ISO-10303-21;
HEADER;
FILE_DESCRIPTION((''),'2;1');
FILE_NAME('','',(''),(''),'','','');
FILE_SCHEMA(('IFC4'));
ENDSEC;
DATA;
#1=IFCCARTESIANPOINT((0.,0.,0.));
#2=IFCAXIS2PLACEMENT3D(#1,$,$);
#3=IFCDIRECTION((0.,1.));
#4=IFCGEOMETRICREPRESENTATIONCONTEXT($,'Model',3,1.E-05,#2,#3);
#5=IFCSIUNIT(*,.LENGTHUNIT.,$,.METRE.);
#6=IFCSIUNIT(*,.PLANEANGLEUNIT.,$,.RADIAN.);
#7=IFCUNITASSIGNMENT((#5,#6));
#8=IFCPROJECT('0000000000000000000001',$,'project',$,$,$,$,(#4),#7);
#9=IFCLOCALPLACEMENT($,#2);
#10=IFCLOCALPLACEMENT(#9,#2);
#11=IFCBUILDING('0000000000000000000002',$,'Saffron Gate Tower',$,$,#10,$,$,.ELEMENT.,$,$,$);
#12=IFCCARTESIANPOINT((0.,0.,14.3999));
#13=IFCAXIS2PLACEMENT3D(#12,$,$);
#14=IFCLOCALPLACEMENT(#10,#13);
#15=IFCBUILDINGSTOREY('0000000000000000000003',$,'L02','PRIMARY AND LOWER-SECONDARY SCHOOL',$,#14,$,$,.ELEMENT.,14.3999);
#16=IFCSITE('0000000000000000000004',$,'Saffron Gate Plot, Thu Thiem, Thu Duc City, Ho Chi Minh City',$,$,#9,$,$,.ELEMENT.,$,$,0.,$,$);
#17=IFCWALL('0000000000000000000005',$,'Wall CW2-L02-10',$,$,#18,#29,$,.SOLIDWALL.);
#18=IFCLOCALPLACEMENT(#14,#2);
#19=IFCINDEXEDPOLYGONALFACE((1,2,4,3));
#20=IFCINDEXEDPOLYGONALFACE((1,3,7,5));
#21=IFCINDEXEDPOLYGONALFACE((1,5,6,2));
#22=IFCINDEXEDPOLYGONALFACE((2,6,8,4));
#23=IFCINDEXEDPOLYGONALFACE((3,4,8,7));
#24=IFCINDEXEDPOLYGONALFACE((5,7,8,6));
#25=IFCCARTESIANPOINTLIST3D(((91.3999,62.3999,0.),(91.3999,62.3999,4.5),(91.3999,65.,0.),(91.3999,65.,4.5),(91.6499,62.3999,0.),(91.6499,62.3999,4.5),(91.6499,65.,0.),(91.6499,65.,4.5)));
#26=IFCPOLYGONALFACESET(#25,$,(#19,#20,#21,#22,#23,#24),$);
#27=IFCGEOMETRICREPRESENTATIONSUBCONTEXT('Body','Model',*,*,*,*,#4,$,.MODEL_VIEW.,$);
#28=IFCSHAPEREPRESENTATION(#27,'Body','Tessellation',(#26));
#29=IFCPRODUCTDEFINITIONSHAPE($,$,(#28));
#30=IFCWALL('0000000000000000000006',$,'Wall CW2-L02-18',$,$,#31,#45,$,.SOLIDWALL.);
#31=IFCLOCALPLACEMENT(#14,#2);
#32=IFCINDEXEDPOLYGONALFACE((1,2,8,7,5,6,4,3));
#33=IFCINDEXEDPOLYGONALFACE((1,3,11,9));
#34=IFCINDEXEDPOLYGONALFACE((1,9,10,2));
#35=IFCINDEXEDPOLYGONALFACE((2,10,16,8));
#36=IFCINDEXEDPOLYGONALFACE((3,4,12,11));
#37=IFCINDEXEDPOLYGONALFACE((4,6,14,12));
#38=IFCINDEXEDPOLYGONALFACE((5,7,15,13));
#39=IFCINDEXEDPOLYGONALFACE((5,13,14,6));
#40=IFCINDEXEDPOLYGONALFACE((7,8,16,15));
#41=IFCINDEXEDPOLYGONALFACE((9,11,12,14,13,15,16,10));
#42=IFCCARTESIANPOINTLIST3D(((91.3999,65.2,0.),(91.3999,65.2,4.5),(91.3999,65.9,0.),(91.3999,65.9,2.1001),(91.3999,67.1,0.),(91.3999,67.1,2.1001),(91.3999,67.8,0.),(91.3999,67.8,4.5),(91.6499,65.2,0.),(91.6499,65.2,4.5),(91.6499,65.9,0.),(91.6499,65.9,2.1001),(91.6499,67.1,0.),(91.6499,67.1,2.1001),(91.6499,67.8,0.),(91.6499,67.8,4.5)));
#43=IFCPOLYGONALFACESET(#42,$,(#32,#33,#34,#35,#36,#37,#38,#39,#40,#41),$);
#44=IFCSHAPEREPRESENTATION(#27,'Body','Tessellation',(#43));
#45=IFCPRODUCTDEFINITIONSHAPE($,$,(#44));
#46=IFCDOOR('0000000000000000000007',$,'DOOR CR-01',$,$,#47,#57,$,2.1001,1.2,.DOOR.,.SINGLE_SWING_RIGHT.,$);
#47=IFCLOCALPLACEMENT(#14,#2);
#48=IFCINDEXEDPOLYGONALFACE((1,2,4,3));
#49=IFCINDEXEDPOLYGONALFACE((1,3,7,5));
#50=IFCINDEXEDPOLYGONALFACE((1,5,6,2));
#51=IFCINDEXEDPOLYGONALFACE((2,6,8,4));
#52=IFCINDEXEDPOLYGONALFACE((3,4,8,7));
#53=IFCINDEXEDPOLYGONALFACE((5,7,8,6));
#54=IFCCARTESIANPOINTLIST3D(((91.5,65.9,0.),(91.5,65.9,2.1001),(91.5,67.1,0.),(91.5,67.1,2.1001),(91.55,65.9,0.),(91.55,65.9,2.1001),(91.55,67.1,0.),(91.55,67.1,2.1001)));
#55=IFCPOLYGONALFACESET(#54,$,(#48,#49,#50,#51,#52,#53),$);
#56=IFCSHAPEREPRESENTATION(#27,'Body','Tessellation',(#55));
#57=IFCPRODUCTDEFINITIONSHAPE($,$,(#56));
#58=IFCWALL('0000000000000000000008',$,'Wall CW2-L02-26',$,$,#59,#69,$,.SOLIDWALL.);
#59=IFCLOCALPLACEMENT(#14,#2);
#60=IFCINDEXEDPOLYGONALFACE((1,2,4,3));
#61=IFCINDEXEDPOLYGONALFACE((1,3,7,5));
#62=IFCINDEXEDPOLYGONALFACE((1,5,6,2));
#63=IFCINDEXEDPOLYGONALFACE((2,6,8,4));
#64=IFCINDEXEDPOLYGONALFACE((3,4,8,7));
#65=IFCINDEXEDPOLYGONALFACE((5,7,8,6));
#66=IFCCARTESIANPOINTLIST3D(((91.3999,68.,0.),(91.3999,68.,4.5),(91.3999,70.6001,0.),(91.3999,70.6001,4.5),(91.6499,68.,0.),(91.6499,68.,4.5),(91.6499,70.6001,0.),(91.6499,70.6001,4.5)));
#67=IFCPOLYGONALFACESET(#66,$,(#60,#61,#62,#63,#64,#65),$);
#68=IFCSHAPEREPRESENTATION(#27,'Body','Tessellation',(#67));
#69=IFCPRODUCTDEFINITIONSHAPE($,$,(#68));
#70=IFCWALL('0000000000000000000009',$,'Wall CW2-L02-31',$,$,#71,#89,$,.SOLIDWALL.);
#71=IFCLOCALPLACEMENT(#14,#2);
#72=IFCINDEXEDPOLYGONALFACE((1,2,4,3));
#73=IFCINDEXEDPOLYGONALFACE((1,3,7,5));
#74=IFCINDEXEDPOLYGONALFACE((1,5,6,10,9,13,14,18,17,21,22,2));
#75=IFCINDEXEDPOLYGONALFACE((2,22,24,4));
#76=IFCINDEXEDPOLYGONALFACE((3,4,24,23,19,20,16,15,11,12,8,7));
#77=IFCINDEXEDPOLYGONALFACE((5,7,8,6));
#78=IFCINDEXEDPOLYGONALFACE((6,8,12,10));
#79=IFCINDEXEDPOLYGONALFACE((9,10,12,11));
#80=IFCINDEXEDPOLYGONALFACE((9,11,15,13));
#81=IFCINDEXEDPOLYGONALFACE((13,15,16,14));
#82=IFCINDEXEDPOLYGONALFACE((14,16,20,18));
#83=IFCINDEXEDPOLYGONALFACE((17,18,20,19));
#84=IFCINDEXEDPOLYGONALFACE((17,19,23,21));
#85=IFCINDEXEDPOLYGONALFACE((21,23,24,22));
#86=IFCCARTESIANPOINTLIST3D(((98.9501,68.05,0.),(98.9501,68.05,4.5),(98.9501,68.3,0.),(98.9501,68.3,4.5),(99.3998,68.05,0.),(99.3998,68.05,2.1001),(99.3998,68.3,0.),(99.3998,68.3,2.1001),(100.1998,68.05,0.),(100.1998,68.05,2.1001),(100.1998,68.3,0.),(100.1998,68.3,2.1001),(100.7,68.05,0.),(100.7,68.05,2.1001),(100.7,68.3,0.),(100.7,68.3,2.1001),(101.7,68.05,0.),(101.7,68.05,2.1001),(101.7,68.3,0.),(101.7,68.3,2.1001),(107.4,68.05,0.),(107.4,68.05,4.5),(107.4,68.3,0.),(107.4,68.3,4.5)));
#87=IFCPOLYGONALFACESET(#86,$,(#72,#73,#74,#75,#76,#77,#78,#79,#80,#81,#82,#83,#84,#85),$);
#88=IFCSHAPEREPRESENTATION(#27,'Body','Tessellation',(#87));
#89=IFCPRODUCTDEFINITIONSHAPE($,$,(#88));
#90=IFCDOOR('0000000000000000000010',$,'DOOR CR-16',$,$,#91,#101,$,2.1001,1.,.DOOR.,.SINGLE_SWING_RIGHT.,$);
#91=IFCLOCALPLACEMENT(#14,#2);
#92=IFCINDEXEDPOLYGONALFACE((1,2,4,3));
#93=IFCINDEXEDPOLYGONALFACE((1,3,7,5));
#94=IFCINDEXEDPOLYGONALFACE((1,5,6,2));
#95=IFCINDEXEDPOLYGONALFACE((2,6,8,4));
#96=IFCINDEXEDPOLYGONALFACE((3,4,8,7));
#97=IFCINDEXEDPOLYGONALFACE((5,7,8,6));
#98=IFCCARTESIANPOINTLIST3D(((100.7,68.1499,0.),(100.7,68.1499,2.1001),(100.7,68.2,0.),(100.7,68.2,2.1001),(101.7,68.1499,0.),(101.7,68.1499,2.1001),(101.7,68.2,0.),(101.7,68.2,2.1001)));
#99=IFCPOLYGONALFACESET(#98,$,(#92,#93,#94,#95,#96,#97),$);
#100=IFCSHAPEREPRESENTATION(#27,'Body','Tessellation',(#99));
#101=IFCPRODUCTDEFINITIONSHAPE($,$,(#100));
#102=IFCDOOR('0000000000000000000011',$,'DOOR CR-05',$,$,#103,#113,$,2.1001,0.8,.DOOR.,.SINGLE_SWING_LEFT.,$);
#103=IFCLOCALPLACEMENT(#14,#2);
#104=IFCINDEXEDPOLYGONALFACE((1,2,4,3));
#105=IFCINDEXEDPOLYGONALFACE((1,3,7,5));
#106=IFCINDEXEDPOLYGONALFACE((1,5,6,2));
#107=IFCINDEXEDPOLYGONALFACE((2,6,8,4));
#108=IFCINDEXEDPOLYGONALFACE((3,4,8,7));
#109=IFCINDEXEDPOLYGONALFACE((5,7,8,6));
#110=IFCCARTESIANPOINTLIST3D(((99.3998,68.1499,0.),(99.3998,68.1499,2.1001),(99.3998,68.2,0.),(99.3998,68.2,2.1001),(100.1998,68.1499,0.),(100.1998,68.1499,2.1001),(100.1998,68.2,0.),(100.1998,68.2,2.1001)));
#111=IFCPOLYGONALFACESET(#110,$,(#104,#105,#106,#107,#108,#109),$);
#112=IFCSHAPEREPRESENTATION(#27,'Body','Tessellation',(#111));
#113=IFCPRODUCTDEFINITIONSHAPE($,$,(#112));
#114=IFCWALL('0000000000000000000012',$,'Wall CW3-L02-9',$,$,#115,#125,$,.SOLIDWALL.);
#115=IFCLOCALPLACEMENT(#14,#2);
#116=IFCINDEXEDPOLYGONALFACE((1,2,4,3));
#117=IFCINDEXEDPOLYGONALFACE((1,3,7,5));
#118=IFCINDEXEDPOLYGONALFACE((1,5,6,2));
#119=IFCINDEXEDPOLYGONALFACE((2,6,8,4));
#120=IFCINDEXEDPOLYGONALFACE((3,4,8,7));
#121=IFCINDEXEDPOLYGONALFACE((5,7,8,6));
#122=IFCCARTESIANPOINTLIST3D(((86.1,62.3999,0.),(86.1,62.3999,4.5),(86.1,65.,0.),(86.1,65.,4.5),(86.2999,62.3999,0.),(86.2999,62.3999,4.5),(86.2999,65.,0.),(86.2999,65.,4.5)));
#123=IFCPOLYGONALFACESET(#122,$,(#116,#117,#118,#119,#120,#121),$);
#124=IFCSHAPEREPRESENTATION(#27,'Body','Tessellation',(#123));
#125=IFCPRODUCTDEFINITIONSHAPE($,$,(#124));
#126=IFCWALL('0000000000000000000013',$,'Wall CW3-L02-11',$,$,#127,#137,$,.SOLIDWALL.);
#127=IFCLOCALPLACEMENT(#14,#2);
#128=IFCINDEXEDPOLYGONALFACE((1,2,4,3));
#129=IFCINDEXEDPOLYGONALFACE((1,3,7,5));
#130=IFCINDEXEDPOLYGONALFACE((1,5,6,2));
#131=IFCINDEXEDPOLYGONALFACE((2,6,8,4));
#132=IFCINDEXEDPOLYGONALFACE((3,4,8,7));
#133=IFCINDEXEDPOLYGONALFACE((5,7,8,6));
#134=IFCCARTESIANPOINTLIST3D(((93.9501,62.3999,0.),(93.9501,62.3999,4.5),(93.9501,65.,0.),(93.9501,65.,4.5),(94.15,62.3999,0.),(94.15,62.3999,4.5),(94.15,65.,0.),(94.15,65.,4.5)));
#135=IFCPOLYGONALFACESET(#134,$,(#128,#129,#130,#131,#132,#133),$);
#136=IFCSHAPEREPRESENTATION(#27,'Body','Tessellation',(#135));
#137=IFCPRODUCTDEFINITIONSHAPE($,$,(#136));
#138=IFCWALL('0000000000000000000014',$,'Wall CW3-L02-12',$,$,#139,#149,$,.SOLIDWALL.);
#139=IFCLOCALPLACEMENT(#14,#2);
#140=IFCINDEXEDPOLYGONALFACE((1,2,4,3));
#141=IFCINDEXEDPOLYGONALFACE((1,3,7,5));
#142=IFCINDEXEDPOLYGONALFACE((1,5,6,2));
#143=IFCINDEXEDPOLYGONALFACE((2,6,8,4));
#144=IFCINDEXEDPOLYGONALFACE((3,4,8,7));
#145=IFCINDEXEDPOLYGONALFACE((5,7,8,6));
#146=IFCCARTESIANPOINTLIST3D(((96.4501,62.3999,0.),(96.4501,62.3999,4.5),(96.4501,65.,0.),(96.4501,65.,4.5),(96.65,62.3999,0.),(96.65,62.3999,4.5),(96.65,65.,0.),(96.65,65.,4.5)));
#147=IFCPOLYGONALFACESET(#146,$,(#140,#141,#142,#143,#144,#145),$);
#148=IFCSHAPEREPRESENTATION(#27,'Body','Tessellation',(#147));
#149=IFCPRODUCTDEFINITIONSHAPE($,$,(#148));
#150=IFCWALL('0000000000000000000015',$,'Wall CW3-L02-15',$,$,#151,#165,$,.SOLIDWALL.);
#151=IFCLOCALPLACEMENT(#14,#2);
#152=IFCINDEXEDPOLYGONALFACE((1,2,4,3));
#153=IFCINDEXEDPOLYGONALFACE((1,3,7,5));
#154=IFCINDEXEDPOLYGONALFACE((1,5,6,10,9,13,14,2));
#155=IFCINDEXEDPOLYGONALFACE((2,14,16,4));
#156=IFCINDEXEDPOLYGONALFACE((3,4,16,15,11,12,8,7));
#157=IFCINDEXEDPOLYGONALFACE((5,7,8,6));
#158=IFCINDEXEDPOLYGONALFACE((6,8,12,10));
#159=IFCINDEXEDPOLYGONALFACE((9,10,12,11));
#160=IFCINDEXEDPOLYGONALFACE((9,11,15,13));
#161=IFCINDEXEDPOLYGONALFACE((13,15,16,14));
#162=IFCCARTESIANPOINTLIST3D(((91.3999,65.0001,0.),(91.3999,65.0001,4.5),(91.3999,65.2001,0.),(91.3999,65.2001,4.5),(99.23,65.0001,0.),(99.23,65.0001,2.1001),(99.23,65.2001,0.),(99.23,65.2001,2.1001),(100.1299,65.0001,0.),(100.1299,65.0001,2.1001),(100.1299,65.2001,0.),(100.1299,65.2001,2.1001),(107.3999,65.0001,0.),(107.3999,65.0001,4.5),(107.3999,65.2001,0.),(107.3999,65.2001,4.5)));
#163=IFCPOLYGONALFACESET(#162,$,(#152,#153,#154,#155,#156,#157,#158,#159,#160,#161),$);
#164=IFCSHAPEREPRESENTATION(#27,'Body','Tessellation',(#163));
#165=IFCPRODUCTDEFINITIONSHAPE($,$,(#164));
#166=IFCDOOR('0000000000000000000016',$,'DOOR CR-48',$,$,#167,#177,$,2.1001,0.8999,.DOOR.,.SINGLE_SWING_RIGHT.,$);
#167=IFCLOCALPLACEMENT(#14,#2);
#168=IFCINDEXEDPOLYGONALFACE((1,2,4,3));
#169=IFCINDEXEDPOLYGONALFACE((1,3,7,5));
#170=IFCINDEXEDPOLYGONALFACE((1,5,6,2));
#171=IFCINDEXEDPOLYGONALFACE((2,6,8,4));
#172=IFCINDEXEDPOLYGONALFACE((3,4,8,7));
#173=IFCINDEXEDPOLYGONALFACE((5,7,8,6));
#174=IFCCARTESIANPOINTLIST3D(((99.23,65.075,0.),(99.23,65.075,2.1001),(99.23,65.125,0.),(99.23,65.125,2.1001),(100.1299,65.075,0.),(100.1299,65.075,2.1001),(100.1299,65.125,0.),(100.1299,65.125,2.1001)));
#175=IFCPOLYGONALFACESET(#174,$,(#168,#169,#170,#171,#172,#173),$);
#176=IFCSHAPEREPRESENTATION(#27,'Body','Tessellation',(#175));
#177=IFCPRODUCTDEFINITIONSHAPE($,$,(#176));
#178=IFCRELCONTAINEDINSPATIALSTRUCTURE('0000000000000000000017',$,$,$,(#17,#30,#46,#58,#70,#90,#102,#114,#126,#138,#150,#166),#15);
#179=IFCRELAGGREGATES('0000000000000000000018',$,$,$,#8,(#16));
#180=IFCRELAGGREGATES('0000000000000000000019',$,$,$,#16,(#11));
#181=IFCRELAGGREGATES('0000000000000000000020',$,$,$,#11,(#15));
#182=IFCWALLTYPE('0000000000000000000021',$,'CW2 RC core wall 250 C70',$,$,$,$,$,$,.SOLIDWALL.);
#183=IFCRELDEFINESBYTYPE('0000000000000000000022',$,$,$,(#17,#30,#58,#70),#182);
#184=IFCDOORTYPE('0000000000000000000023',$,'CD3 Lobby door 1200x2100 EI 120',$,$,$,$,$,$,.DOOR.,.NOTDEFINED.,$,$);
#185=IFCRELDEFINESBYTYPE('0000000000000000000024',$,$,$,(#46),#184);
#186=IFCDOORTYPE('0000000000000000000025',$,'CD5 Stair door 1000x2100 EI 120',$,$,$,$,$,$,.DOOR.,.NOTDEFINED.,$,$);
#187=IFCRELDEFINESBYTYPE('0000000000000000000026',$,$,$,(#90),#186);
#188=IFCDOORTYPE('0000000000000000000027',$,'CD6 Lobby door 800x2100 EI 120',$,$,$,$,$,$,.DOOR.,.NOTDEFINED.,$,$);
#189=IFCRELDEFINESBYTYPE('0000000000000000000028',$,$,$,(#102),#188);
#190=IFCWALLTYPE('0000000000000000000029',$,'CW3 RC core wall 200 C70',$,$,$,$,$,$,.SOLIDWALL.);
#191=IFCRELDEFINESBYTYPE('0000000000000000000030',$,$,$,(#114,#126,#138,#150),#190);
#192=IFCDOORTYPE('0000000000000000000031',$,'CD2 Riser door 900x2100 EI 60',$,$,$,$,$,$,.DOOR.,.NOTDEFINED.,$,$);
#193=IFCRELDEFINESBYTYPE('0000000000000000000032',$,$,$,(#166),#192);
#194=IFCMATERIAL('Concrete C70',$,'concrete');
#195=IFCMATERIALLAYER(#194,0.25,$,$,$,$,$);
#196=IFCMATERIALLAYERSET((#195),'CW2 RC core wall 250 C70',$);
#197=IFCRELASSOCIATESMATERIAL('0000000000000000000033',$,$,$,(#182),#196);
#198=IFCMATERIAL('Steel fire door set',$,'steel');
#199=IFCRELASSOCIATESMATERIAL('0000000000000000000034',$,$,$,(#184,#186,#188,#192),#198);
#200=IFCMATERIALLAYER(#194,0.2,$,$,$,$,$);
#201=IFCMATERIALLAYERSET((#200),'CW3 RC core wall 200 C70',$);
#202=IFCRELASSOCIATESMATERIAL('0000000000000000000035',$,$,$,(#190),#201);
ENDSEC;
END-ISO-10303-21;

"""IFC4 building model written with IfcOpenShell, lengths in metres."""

from ifc_helpers import new_model, si_unit, direction, frame, frame_2d, origin, place, context, subcontext, project, spatial, rectangle, extrude, material, layer, layer_set, type_object, element, fill, save


model = new_model("IFC4")

# Units and contexts
model_context = context("Model", 3, precision=1e-05, world=origin(), true_north=direction((0.0, 1.0)))
body_context = subcontext(model_context, "Body", "Model", "MODEL_VIEW")
ifc_project = project(units=[si_unit("LENGTHUNIT", "METRE"), si_unit("PLANEANGLEUNIT", "RADIAN")], contexts=[model_context])

# Site, building, storey
site_placement = place(None, origin())
site = spatial("IfcSite", under=ifc_project, at=site_placement, Name="Saffron Gate Plot, Thu Thiem, Thu Duc City, Ho Chi Minh City", CompositionType="ELEMENT", RefElevation=0.0)
building_placement = place(site_placement, origin())
building = spatial("IfcBuilding", under=site, at=building_placement, Name="Saffron Gate Tower", CompositionType="ELEMENT")
storey_placement = place(building_placement, frame((0.0, 0.0, 14.3999)))
storey = spatial("IfcBuildingStorey", under=building, at=storey_placement, Name="L02", Description="PRIMARY AND LOWER-SECONDARY SCHOOL", CompositionType="ELEMENT", Elevation=14.3999)

# Wall
ifc_material_1 = material(Name="Concrete C70", Category="concrete")
ifc_layer_1 = layer(ifc_material_1, 0.25)
ifc_layer_set_1 = layer_set([ifc_layer_1], Name="CW2 RC core wall 250 C70")
wall_type_1 = type_object("IfcWallType", Name="CW2 RC core wall 250 C70", PredefinedType="SOLIDWALL", material=ifc_layer_set_1)
wall_1_placement = place(storey_placement, frame((91.5249, 62.3999, 0.0), z_axis=(0.0, 0.0, 1.0), x_axis=(0.0, 1.0, 0.0)))
element("IfcWall", 1, at=wall_1_placement, inside=storey, type_object=wall_type_1, Name="Wall CW2-L02-10", PredefinedType="SOLIDWALL", context=body_context, shape_type="SweptSolid", body=[
    extrude(rectangle(XDim=2.6001, YDim=0.25, at=frame_2d((1.3, 0.0))), origin(), (0.0, 0.0, 1.0), 4.5),
])

# Wall, opening, door
wall_2_placement = place(storey_placement, frame((91.5249, 65.2, 0.0), z_axis=(0.0, 0.0, 1.0), x_axis=(0.0, 1.0, 0.0)))
wall_2 = element("IfcWall", 2, at=wall_2_placement, inside=storey, type_object=wall_type_1, Name="Wall CW2-L02-18", PredefinedType="SOLIDWALL", context=body_context, shape_type="SweptSolid", body=[
    extrude(rectangle(XDim=2.6001, YDim=0.25, at=frame_2d((1.3, 0.0))), origin(), (0.0, 0.0, 1.0), 4.5),
])
opening_1_placement = place(wall_2_placement, frame((0.7, 0.0, 0.0)))
opening_1 = element("IfcOpeningElement", 3, at=opening_1_placement, cuts=wall_2, PredefinedType="OPENING", context=body_context, shape_type="SweptSolid", body=[
    extrude(rectangle(XDim=1.2, YDim=2.1001, at=frame_2d((0.6001, 1.05))), frame((0.0, 0.135, 0.0), z_axis=(0.0, -1.0, 0.0), x_axis=(1.0, 0.0, 0.0)), (0.0, 0.0, 1.0), 0.27),
])
ifc_material_2 = material(Name="Steel fire door set", Category="steel")
door_type_1 = type_object("IfcDoorType", Name="CD3 Lobby door 1200x2100 EI 120", OperationType="NOTDEFINED", PredefinedType="DOOR", material=ifc_material_2)
door_1_placement = place(opening_1_placement, origin())
door_1 = element("IfcDoor", 4, at=door_1_placement, inside=storey, type_object=door_type_1, Name="DOOR CR-01", OperationType="SINGLE_SWING_RIGHT", OverallHeight=2.1001, OverallWidth=1.2, PredefinedType="DOOR", context=body_context, shape_type="SweptSolid", body=[
    extrude(rectangle(XDim=1.2, YDim=2.1001, at=frame_2d((0.6001, 1.05))), frame((0.0, 0.0249, 0.0), z_axis=(0.0, -1.0, 0.0), x_axis=(1.0, 0.0, 0.0)), (0.0, 0.0, 1.0), 0.05),
])
fill(opening_1, door_1)

# Wall
wall_3_placement = place(storey_placement, frame((91.5249, 68.0, 0.0), z_axis=(0.0, 0.0, 1.0), x_axis=(0.0, 1.0, 0.0)))
element("IfcWall", 5, at=wall_3_placement, inside=storey, type_object=wall_type_1, Name="Wall CW2-L02-26", PredefinedType="SOLIDWALL", context=body_context, shape_type="SweptSolid", body=[
    extrude(rectangle(XDim=2.6001, YDim=0.25, at=frame_2d((1.3, 0.0))), origin(), (0.0, 0.0, 1.0), 4.5),
])

# Wall, openings, doors
wall_4_placement = place(storey_placement, frame((98.95, 68.175, 0.0), z_axis=(0.0, 0.0, 1.0), x_axis=(1.0, 0.0, 0.0)))
wall_4 = element("IfcWall", 6, at=wall_4_placement, inside=storey, type_object=wall_type_1, Name="Wall CW2-L02-31", PredefinedType="SOLIDWALL", context=body_context, shape_type="SweptSolid", body=[
    extrude(rectangle(XDim=8.45, YDim=0.25, at=frame_2d((4.2251, 0.0))), origin(), (0.0, 0.0, 1.0), 4.5),
])
opening_2_placement = place(wall_4_placement, frame((0.45, 0.0, 0.0)))
opening_2 = element("IfcOpeningElement", 7, at=opening_2_placement, cuts=wall_4, PredefinedType="OPENING", context=body_context, shape_type="SweptSolid", body=[
    extrude(rectangle(XDim=0.8, YDim=2.1001, at=frame_2d((0.3999, 1.05))), frame((0.0, 0.135, 0.0), z_axis=(0.0, -1.0, 0.0), x_axis=(1.0, 0.0, 0.0)), (0.0, 0.0, 1.0), 0.27),
])
opening_3_placement = place(wall_4_placement, frame((1.75, 0.0, 0.0)))
opening_3 = element("IfcOpeningElement", 8, at=opening_3_placement, cuts=wall_4, PredefinedType="OPENING", context=body_context, shape_type="SweptSolid", body=[
    extrude(rectangle(XDim=1.0, YDim=2.1001, at=frame_2d((0.5, 1.05))), frame((0.0, 0.135, 0.0), z_axis=(0.0, -1.0, 0.0), x_axis=(1.0, 0.0, 0.0)), (0.0, 0.0, 1.0), 0.27),
])
door_type_2 = type_object("IfcDoorType", Name="CD5 Stair door 1000x2100 EI 120", OperationType="NOTDEFINED", PredefinedType="DOOR", material=ifc_material_2)
door_2_placement = place(opening_3_placement, origin())
door_2 = element("IfcDoor", 9, at=door_2_placement, inside=storey, type_object=door_type_2, Name="DOOR CR-16", OperationType="SINGLE_SWING_RIGHT", OverallHeight=2.1001, OverallWidth=1.0, PredefinedType="DOOR", context=body_context, shape_type="SweptSolid", body=[
    extrude(rectangle(XDim=1.0, YDim=2.1001, at=frame_2d((0.5, 1.05))), frame((0.0, 0.0249, 0.0), z_axis=(0.0, -1.0, 0.0), x_axis=(1.0, 0.0, 0.0)), (0.0, 0.0, 1.0), 0.05),
])
fill(opening_3, door_2)
door_type_3 = type_object("IfcDoorType", Name="CD6 Lobby door 800x2100 EI 120", OperationType="NOTDEFINED", PredefinedType="DOOR", material=ifc_material_2)
door_3_placement = place(opening_2_placement, origin())
door_3 = element("IfcDoor", 10, at=door_3_placement, inside=storey, type_object=door_type_3, Name="DOOR CR-05", OperationType="SINGLE_SWING_LEFT", OverallHeight=2.1001, OverallWidth=0.8, PredefinedType="DOOR", context=body_context, shape_type="SweptSolid", body=[
    extrude(rectangle(XDim=0.8, YDim=2.1001, at=frame_2d((0.3999, 1.05))), frame((0.0, 0.0249, 0.0), z_axis=(0.0, -1.0, 0.0), x_axis=(1.0, 0.0, 0.0)), (0.0, 0.0, 1.0), 0.05),
])
fill(opening_2, door_3)

# Walls
ifc_layer_2 = layer(ifc_material_1, 0.2)
ifc_layer_set_2 = layer_set([ifc_layer_2], Name="CW3 RC core wall 200 C70")
wall_type_2 = type_object("IfcWallType", Name="CW3 RC core wall 200 C70", PredefinedType="SOLIDWALL", material=ifc_layer_set_2)
for number, where, z_axis, x_axis, name in (
    (11, (86.2, 62.3999, 0.0), (0.0, 0.0, 1.0), (0.0, 1.0, 0.0), "Wall CW3-L02-9"),
    (12, (94.05, 62.3999, 0.0), (0.0, 0.0, 1.0), (0.0, 1.0, 0.0), "Wall CW3-L02-11"),
    (13, (96.55, 62.3999, 0.0), (0.0, 0.0, 1.0), (0.0, 1.0, 0.0), "Wall CW3-L02-12"),
):
    element("IfcWall", number, at=place(storey_placement, frame(where, z_axis=z_axis, x_axis=x_axis)), inside=storey, type_object=wall_type_2, Name=name, PredefinedType="SOLIDWALL", context=body_context, shape_type="SweptSolid", body=[
        extrude(rectangle(XDim=2.6001, YDim=0.2, at=frame_2d((1.3, 0.0))), origin(), (0.0, 0.0, 1.0), 4.5),
    ])

# Wall, opening, door
wall_5_placement = place(storey_placement, frame((91.3999, 65.1001, 0.0), z_axis=(0.0, 0.0, 1.0), x_axis=(1.0, 0.0, 0.0)))
wall_5 = element("IfcWall", 14, at=wall_5_placement, inside=storey, type_object=wall_type_2, Name="Wall CW3-L02-15", PredefinedType="SOLIDWALL", context=body_context, shape_type="SweptSolid", body=[
    extrude(rectangle(XDim=16.0, YDim=0.2, at=frame_2d((8.0, 0.0))), origin(), (0.0, 0.0, 1.0), 4.5),
])
opening_4_placement = place(wall_5_placement, frame((7.8301, 0.0, 0.0)))
opening_4 = element("IfcOpeningElement", 15, at=opening_4_placement, cuts=wall_5, PredefinedType="OPENING", context=body_context, shape_type="SweptSolid", body=[
    extrude(rectangle(XDim=0.8999, YDim=2.1001, at=frame_2d((0.45, 1.05))), frame((0.0, 0.1099, 0.0), z_axis=(0.0, -1.0, 0.0), x_axis=(1.0, 0.0, 0.0)), (0.0, 0.0, 1.0), 0.22),
])
door_type_4 = type_object("IfcDoorType", Name="CD2 Riser door 900x2100 EI 60", OperationType="NOTDEFINED", PredefinedType="DOOR", material=ifc_material_2)
door_4_placement = place(opening_4_placement, origin())
door_4 = element("IfcDoor", 16, at=door_4_placement, inside=storey, type_object=door_type_4, Name="DOOR CR-48", OperationType="SINGLE_SWING_RIGHT", OverallHeight=2.1001, OverallWidth=0.8999, PredefinedType="DOOR", context=body_context, shape_type="SweptSolid", body=[
    extrude(rectangle(XDim=0.8999, YDim=2.1001, at=frame_2d((0.45, 1.05))), frame((0.0, 0.0249, 0.0), z_axis=(0.0, -1.0, 0.0), x_axis=(1.0, 0.0, 0.0)), (0.0, 0.0, 1.0), 0.05),
])
fill(opening_4, door_4)

save(model, "model.ifc")
